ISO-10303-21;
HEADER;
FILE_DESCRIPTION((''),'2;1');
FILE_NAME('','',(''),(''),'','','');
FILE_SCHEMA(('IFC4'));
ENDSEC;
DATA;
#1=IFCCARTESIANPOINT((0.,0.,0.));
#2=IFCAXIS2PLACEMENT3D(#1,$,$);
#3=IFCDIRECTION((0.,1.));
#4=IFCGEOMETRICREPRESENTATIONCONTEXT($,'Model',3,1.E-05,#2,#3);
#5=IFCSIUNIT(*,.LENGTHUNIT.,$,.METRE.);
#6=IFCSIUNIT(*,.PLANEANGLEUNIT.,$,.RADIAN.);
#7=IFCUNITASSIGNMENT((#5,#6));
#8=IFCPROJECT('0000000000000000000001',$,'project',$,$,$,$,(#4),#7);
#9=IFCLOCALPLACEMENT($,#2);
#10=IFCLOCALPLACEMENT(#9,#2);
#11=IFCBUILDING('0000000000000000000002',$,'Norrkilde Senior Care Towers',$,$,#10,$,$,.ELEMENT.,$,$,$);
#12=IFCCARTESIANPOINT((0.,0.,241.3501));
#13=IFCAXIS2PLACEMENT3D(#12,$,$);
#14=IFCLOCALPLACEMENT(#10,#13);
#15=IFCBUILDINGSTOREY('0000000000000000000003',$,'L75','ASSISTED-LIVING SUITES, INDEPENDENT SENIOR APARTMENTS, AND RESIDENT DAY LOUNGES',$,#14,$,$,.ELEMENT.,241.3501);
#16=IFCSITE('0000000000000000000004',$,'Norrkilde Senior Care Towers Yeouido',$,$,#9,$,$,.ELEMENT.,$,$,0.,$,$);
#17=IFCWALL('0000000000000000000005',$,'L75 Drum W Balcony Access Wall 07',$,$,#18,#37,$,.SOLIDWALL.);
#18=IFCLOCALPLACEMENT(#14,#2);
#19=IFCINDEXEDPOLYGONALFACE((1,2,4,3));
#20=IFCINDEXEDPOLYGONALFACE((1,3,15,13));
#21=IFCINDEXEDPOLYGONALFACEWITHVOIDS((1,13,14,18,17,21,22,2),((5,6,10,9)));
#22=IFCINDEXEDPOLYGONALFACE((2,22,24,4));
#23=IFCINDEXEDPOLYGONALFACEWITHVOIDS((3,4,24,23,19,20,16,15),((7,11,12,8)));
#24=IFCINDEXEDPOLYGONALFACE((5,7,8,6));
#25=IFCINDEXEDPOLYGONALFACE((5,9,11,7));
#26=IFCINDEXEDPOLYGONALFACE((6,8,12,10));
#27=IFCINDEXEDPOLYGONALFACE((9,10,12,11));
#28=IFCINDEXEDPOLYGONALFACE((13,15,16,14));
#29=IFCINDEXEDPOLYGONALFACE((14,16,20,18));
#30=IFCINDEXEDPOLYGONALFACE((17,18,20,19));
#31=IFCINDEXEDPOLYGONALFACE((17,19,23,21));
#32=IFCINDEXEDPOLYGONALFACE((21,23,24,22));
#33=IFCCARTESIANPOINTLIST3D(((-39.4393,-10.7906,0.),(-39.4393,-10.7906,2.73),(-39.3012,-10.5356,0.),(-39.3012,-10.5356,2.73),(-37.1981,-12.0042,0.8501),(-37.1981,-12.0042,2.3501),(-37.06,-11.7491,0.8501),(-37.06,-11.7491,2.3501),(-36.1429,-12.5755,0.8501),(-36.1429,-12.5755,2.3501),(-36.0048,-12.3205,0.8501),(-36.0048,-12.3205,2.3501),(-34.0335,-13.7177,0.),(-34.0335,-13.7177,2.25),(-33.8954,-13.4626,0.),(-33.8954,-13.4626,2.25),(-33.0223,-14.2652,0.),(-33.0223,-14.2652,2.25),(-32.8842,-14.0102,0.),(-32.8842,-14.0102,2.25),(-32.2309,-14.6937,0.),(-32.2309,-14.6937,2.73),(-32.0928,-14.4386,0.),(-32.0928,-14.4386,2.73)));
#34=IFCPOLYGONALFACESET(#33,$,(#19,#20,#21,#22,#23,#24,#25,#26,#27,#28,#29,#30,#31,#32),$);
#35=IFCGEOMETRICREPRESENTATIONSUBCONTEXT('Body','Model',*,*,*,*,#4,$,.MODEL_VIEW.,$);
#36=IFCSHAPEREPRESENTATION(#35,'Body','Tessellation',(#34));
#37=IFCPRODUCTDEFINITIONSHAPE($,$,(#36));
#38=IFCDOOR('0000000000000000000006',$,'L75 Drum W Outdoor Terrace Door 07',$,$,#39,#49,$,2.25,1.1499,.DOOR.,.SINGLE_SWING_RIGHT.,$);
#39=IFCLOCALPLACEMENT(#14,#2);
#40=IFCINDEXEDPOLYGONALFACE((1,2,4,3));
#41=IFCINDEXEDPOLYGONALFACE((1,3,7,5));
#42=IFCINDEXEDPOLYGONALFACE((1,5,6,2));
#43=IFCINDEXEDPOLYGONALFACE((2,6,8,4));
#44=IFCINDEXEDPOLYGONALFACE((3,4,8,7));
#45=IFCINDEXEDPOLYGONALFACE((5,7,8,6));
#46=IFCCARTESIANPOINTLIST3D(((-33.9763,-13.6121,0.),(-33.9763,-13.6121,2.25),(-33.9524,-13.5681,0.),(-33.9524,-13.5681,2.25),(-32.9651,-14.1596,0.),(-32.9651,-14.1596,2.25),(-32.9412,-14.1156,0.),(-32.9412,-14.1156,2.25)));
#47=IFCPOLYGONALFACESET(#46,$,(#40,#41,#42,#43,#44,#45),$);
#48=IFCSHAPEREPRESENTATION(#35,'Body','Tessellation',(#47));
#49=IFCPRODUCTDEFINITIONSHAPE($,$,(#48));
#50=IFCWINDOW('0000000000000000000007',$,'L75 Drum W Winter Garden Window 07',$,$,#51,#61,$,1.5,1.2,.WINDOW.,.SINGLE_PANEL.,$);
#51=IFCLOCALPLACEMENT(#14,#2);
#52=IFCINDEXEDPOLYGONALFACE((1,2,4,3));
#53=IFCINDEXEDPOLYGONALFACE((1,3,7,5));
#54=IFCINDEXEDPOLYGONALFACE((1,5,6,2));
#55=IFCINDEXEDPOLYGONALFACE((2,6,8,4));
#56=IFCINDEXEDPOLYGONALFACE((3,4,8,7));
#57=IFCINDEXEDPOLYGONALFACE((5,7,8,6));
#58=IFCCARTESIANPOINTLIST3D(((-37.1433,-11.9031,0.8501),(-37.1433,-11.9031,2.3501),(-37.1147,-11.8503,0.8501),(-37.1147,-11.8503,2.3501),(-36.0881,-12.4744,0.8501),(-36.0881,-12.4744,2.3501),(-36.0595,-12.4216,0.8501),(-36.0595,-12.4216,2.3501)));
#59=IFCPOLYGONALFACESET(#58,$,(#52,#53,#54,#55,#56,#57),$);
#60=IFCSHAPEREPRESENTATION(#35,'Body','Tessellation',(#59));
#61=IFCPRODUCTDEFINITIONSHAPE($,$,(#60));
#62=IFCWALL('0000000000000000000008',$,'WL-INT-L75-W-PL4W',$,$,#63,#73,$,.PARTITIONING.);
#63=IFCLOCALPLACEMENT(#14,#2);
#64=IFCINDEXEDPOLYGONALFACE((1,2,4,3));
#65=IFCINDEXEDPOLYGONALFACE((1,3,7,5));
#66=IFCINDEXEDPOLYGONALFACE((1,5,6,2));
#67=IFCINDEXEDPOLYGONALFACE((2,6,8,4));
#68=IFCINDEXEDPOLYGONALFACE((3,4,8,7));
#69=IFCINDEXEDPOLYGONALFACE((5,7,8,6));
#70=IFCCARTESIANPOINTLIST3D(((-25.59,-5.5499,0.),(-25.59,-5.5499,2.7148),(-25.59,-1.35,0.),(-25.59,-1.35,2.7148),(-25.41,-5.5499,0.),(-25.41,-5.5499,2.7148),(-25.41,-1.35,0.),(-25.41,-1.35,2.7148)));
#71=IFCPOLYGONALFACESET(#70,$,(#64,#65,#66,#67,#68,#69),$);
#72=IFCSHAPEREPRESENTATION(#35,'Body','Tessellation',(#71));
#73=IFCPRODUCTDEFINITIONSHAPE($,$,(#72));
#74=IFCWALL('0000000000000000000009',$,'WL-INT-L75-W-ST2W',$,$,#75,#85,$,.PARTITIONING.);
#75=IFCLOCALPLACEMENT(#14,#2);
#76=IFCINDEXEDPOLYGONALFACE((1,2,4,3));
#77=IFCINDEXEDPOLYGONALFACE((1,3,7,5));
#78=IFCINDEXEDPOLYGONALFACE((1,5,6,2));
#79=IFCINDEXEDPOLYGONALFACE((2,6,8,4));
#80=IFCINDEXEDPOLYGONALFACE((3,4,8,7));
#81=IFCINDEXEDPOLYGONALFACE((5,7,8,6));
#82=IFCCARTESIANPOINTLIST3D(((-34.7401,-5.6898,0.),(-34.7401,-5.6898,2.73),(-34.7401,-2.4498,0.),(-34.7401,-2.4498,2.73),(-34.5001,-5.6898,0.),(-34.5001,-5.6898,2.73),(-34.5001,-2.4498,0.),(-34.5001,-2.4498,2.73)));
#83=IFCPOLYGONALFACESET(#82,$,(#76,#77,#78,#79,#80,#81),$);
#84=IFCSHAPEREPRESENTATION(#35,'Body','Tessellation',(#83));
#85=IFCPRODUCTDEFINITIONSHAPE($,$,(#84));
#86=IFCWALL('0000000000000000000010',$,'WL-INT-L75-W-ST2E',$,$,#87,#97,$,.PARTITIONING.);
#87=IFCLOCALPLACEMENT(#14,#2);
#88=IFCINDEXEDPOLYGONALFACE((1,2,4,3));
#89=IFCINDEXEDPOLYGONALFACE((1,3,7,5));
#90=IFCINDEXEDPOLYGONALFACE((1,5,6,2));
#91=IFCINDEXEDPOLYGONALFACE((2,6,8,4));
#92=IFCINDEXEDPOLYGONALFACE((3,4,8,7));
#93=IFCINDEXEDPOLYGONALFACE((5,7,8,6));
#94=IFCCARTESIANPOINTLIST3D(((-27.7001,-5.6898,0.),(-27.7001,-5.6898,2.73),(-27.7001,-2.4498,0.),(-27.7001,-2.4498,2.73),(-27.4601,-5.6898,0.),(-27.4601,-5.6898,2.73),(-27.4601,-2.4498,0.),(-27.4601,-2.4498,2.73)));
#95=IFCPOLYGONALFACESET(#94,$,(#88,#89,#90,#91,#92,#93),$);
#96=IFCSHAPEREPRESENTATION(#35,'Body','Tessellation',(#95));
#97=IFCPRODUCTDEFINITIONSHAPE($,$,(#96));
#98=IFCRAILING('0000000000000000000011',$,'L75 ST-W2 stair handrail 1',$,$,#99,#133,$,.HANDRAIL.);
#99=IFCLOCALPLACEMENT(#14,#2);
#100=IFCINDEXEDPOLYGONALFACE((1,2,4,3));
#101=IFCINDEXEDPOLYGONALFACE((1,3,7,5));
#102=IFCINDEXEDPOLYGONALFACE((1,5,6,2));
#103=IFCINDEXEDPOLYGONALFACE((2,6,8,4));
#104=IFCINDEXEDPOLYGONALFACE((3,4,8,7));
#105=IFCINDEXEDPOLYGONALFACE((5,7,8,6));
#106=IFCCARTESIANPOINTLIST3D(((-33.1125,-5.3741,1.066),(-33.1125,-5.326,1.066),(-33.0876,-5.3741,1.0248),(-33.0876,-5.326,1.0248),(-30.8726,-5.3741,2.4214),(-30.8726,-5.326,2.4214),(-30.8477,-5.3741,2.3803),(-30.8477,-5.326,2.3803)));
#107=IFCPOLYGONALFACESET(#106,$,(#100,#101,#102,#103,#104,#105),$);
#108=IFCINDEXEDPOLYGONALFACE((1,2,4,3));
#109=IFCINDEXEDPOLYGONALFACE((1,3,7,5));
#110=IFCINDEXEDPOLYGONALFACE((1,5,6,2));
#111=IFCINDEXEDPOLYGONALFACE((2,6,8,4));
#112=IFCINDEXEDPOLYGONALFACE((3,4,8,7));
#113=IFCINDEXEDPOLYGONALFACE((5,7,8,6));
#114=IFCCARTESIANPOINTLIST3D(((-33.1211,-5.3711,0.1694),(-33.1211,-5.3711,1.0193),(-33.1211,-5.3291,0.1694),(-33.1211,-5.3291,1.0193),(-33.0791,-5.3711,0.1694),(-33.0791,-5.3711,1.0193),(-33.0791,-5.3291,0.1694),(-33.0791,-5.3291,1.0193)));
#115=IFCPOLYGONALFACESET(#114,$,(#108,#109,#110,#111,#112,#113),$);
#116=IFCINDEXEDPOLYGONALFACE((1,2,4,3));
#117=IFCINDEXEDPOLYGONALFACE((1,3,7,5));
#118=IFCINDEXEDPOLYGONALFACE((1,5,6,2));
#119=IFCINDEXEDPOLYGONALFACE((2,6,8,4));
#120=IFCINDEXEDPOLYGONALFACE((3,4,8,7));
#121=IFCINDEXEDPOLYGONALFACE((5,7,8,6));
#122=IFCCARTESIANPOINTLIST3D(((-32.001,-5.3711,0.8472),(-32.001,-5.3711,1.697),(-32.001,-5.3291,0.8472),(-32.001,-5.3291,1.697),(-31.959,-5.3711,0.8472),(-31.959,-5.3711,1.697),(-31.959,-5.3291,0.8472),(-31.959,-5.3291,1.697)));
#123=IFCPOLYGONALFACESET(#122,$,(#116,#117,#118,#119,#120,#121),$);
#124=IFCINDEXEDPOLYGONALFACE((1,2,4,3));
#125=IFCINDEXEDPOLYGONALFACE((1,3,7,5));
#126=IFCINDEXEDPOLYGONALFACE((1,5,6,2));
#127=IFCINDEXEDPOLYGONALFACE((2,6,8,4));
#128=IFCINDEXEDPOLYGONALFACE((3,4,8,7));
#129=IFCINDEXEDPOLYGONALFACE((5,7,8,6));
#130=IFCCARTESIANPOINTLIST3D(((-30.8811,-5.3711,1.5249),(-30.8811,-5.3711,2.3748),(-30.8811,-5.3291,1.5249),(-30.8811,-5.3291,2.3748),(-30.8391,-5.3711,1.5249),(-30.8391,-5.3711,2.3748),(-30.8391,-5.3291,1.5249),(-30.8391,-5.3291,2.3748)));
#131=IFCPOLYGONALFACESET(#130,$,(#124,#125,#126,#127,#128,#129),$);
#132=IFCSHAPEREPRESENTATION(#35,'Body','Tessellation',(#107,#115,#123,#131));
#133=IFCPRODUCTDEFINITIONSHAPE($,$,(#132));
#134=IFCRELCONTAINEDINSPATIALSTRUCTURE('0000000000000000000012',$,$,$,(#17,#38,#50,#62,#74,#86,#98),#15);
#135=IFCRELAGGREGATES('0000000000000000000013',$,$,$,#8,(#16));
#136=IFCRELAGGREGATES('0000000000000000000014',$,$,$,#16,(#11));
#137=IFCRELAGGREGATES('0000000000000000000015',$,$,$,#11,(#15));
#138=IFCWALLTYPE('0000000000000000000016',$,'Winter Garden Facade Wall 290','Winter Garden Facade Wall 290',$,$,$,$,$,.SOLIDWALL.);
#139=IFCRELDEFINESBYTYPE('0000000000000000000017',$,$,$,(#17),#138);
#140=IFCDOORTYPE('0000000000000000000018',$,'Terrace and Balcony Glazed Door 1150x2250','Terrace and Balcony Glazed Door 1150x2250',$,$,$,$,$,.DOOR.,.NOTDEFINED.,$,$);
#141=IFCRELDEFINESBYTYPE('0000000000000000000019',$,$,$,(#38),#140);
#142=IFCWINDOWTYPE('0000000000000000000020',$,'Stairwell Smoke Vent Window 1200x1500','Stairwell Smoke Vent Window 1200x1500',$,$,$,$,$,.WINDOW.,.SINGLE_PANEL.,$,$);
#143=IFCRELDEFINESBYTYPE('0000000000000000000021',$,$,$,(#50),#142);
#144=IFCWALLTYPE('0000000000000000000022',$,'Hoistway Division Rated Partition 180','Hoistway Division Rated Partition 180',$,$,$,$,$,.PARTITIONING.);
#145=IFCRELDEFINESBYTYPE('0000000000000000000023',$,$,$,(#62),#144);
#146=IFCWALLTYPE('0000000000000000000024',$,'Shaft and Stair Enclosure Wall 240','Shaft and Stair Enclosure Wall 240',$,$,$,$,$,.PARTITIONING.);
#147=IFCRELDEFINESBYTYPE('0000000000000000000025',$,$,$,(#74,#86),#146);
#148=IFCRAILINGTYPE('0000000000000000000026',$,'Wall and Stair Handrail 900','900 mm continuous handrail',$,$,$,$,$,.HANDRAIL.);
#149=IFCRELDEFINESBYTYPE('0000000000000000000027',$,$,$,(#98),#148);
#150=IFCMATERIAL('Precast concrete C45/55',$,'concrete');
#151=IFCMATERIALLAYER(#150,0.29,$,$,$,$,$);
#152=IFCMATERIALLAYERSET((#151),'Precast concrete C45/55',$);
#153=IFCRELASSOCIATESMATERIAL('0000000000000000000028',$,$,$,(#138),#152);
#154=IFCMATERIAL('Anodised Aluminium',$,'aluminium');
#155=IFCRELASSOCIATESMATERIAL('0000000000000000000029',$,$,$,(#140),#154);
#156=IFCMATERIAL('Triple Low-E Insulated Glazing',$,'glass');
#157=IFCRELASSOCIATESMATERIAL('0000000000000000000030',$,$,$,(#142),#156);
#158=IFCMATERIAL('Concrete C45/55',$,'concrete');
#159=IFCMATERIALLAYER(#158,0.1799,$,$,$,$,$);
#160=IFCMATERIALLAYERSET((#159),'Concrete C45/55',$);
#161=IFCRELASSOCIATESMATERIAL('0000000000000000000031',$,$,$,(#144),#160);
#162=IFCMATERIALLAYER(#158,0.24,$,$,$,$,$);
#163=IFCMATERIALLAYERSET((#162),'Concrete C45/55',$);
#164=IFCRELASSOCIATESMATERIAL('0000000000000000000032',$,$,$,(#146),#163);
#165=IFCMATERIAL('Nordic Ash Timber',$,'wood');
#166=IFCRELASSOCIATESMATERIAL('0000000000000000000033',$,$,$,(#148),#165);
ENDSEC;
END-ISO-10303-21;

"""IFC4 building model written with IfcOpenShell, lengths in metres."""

from ifc_helpers import new_model, si_unit, direction, frame, frame_2d, origin, origin_2d, place, context, subcontext, project, spatial, rectangle, extrude, source, transform, mapped, material, layer, layer_set, type_object, type_shapes, element, fill, save


model = new_model("IFC4")

# Units and contexts
model_context = context("Model", 3, precision=1e-05, world=origin(), true_north=direction((0.0, 1.0)))
body_context = subcontext(model_context, "Body", "Model", "MODEL_VIEW")
ifc_project = project(units=[si_unit("LENGTHUNIT", "METRE"), si_unit("PLANEANGLEUNIT", "RADIAN")], contexts=[model_context])

# Site, building, storey
site_placement = place(None, origin())
site = spatial("IfcSite", under=ifc_project, at=site_placement, Name="Norrkilde Senior Care Towers Yeouido", CompositionType="ELEMENT", RefElevation=0.0)
building_placement = place(site_placement, origin())
building = spatial("IfcBuilding", under=site, at=building_placement, Name="Norrkilde Senior Care Towers", CompositionType="ELEMENT")
storey_placement = place(building_placement, frame((0.0, 0.0, 241.3501)))
storey = spatial("IfcBuildingStorey", under=building, at=storey_placement, Name="L75", Description="ASSISTED-LIVING SUITES, INDEPENDENT SENIOR APARTMENTS, AND RESIDENT DAY LOUNGES", CompositionType="ELEMENT", Elevation=241.3501)

# Shared definitions
ifc_material_1 = material(Name="Triple Low-E Insulated Glazing", Category="glass")
ifc_material_2 = material(Name="Anodised Aluminium", Category="aluminium")

# Wall, openings, door, window
ifc_material_3 = material(Name="Precast concrete C45/55", Category="concrete")
ifc_layer_1 = layer(ifc_material_3, 0.29)
ifc_layer_set_1 = layer_set([ifc_layer_1], Name="Precast concrete C45/55")
wall_type_1 = type_object("IfcWallType", Name="Winter Garden Facade Wall 290", Description="Winter Garden Facade Wall 290", PredefinedType="SOLIDWALL", material=ifc_layer_set_1)
shared_shape_1 = source(origin(), body_context, "Body", "SweptSolid", [
    extrude(rectangle(XDim=8.1973, YDim=0.29, at=frame_2d((4.0986, 0.0))), origin(), (0.0, 0.0, 1.0), 2.73),
])
type_shapes(wall_type_1, [shared_shape_1])
wall_1_placement = place(storey_placement, frame((-32.1619, -14.5662, 0.0), z_axis=(0.0, 0.0, 1.0), x_axis=(-0.87937, 0.476139, 0.0)))
wall_1 = element("IfcWall", 1, at=wall_1_placement, inside=storey, type_object=wall_type_1, Name="L75 Drum W Balcony Access Wall 07", PredefinedType="SOLIDWALL", context=body_context, shape_type="MappedRepresentation", body=[
    mapped(shared_shape_1, transform((0.0, 0.0, 0.0), x_axis=(1.0, 0.0, 0.0), y_axis=(0.0, 1.0, 0.0), z_axis=(0.0, 0.0, 1.0), scale=1.0)),
])
opening_1_placement = place(wall_1_placement, frame((0.8999, 0.0, 0.0)))
opening_1 = element("IfcOpeningElement", 2, at=opening_1_placement, cuts=wall_1, PredefinedType="OPENING", context=body_context, shape_type="SweptSolid", body=[
    extrude(rectangle(XDim=1.1499, YDim=2.25, at=frame_2d((0.575, 1.125))), frame((0.0, 0.155, 0.0), z_axis=(0.0, -1.0, 0.0), x_axis=(1.0, 0.0, 0.0)), (0.0, 0.0, 1.0), 0.3101),
])
opening_2_placement = place(wall_1_placement, frame((4.4485, 0.0, 0.8501)))
opening_2 = element("IfcOpeningElement", 3, at=opening_2_placement, cuts=wall_1, PredefinedType="OPENING", context=body_context, shape_type="SweptSolid", body=[
    extrude(rectangle(XDim=1.2, YDim=1.5, at=frame_2d((0.6001, 0.75))), frame((0.0, 0.155, 0.0), z_axis=(0.0, -1.0, 0.0), x_axis=(1.0, 0.0, 0.0)), (0.0, 0.0, 1.0), 0.3101),
])
door_type = type_object("IfcDoorType", Name="Terrace and Balcony Glazed Door 1150x2250", Description="Terrace and Balcony Glazed Door 1150x2250", OperationType="NOTDEFINED", PredefinedType="DOOR", material=ifc_material_2)
shared_shape_2 = source(origin(), body_context, "Body", "SweptSolid", [
    extrude(rectangle(XDim=1.1499, YDim=2.25, at=frame_2d((0.575, 1.125))), frame((0.0, 0.0249, 0.0), z_axis=(0.0, -1.0, 0.0), x_axis=(1.0, 0.0, 0.0)), (0.0, 0.0, 1.0), 0.05),
])
type_shapes(door_type, [shared_shape_2])
door_placement = place(opening_1_placement, origin())
door = element("IfcDoor", 4, at=door_placement, inside=storey, type_object=door_type, Name="L75 Drum W Outdoor Terrace Door 07", OperationType="SINGLE_SWING_RIGHT", OverallHeight=2.25, OverallWidth=1.1499, PredefinedType="DOOR", context=body_context, shape_type="MappedRepresentation", body=[
    mapped(shared_shape_2, transform((0.0, 0.0, 0.0), x_axis=(1.0, 0.0, 0.0), y_axis=(0.0, 1.0, 0.0), z_axis=(0.0, 0.0, 1.0), scale=1.0)),
])
fill(opening_1, door)
window_type = type_object("IfcWindowType", Name="Stairwell Smoke Vent Window 1200x1500", Description="Stairwell Smoke Vent Window 1200x1500", PartitioningType="SINGLE_PANEL", PredefinedType="WINDOW", material=ifc_material_1)
shared_shape_3 = source(origin(), body_context, "Body", "SweptSolid", [
    extrude(rectangle(XDim=1.2, YDim=1.5, at=frame_2d((0.6001, 0.75))), frame((0.0, 0.03, 0.0), z_axis=(0.0, -1.0, 0.0), x_axis=(1.0, 0.0, 0.0)), (0.0, 0.0, 1.0), 0.0601),
])
type_shapes(window_type, [shared_shape_3])
window_placement = place(opening_2_placement, origin())
window = element("IfcWindow", 5, at=window_placement, inside=storey, type_object=window_type, Name="L75 Drum W Winter Garden Window 07", OverallHeight=1.5, OverallWidth=1.2, PartitioningType="SINGLE_PANEL", PredefinedType="WINDOW", context=body_context, shape_type="MappedRepresentation", body=[
    mapped(shared_shape_3, transform((0.0, 0.0, 0.0), x_axis=(1.0, 0.0, 0.0), y_axis=(0.0, 1.0, 0.0), z_axis=(0.0, 0.0, 1.0), scale=1.0)),
])
fill(opening_2, window)

# Walls
ifc_material_4 = material(Name="Concrete C45/55", Category="concrete")
ifc_layer_2 = layer(ifc_material_4, 0.1799)
ifc_layer_set_2 = layer_set([ifc_layer_2], Name="Concrete C45/55")
wall_type_2 = type_object("IfcWallType", Name="Hoistway Division Rated Partition 180", Description="Hoistway Division Rated Partition 180", PredefinedType="PARTITIONING", material=ifc_layer_set_2)
shared_shape_4 = source(origin(), body_context, "Body", "SweptSolid", [
    extrude(rectangle(XDim=4.2, YDim=0.1799, at=frame_2d((2.1001, 0.0))), origin(), (0.0, 0.0, 1.0), 2.7148),
])
type_shapes(wall_type_2, [shared_shape_4])
wall_2_placement = place(storey_placement, frame((-25.5, -5.55, 0.0), z_axis=(0.0, 0.0, 1.0), x_axis=(0.0, 1.0, 0.0)))
element("IfcWall", 6, at=wall_2_placement, inside=storey, type_object=wall_type_2, Name="WL-INT-L75-W-PL4W", PredefinedType="PARTITIONING", context=body_context, shape_type="MappedRepresentation", body=[
    mapped(shared_shape_4, transform((0.0, 0.0, 0.0), x_axis=(1.0, 0.0, 0.0), y_axis=(0.0, 1.0, 0.0), z_axis=(0.0, 0.0, 1.0), scale=1.0)),
])
ifc_layer_3 = layer(ifc_material_4, 0.24)
ifc_layer_set_3 = layer_set([ifc_layer_3], Name="Concrete C45/55")
wall_type_3 = type_object("IfcWallType", Name="Shaft and Stair Enclosure Wall 240", Description="Shaft and Stair Enclosure Wall 240", PredefinedType="PARTITIONING", material=ifc_layer_set_3)
shared_shape_5 = source(origin(), body_context, "Body", "SweptSolid", [
    extrude(rectangle(XDim=3.24, YDim=0.24, at=frame_2d((1.6201, 0.0))), origin(), (0.0, 0.0, 1.0), 2.73),
])
type_shapes(wall_type_3, [shared_shape_5])
for number, where, z_axis, x_axis, name in (
    (7, (-34.6201, -5.6899, 0.0), (0.0, 0.0, 1.0), (0.0, 1.0, 0.0), "WL-INT-L75-W-ST2W"),
    (8, (-27.5801, -5.6899, 0.0), (0.0, 0.0, 1.0), (0.0, 1.0, 0.0), "WL-INT-L75-W-ST2E"),
):
    element("IfcWall", number, at=place(storey_placement, frame(where, z_axis=z_axis, x_axis=x_axis)), inside=storey, type_object=wall_type_3, Name=name, PredefinedType="PARTITIONING", context=body_context, shape_type="MappedRepresentation", body=[
        mapped(shared_shape_5, transform((0.0, 0.0, 0.0), x_axis=(1.0, 0.0, 0.0), y_axis=(0.0, 1.0, 0.0), z_axis=(0.0, 0.0, 1.0), scale=1.0)),
    ])

# Railing
ifc_material_5 = material(Name="Nordic Ash Timber", Category="wood")
railing_type = type_object("IfcRailingType", Name="Wall and Stair Handrail 900", Description="900 mm continuous handrail", PredefinedType="HANDRAIL", material=ifc_material_5)
railing_placement = place(storey_placement, frame((-33.1001, -5.3501, 0.1694)))
element("IfcRailing", 9, at=railing_placement, inside=storey, type_object=railing_type, Name="L75 ST-W2 stair handrail 1", PredefinedType="HANDRAIL", context=body_context, shape_type="SweptSolid", body=[
    extrude(rectangle(XDim=0.0481, YDim=0.0481, at=origin_2d()), frame((0.0, 0.0, 0.876), z_axis=(0.855553, 0.0, 0.517715), x_axis=(0.0, 1.0, 0.0)), (0.0, 0.0, 1.0), 2.6182),
    extrude(rectangle(XDim=0.042, YDim=0.042, at=origin_2d()), origin(), (0.0, 0.0, 1.0), 0.8499),
    extrude(rectangle(XDim=0.042, YDim=0.042, at=origin_2d()), frame((1.1201, 0.0, 0.6777)), (0.0, 0.0, 1.0), 0.8499),
    extrude(rectangle(XDim=0.042, YDim=0.042, at=origin_2d()), frame((2.24, 0.0, 1.3555)), (0.0, 0.0, 1.0), 0.8499),
])

save(model, "model.ifc")
